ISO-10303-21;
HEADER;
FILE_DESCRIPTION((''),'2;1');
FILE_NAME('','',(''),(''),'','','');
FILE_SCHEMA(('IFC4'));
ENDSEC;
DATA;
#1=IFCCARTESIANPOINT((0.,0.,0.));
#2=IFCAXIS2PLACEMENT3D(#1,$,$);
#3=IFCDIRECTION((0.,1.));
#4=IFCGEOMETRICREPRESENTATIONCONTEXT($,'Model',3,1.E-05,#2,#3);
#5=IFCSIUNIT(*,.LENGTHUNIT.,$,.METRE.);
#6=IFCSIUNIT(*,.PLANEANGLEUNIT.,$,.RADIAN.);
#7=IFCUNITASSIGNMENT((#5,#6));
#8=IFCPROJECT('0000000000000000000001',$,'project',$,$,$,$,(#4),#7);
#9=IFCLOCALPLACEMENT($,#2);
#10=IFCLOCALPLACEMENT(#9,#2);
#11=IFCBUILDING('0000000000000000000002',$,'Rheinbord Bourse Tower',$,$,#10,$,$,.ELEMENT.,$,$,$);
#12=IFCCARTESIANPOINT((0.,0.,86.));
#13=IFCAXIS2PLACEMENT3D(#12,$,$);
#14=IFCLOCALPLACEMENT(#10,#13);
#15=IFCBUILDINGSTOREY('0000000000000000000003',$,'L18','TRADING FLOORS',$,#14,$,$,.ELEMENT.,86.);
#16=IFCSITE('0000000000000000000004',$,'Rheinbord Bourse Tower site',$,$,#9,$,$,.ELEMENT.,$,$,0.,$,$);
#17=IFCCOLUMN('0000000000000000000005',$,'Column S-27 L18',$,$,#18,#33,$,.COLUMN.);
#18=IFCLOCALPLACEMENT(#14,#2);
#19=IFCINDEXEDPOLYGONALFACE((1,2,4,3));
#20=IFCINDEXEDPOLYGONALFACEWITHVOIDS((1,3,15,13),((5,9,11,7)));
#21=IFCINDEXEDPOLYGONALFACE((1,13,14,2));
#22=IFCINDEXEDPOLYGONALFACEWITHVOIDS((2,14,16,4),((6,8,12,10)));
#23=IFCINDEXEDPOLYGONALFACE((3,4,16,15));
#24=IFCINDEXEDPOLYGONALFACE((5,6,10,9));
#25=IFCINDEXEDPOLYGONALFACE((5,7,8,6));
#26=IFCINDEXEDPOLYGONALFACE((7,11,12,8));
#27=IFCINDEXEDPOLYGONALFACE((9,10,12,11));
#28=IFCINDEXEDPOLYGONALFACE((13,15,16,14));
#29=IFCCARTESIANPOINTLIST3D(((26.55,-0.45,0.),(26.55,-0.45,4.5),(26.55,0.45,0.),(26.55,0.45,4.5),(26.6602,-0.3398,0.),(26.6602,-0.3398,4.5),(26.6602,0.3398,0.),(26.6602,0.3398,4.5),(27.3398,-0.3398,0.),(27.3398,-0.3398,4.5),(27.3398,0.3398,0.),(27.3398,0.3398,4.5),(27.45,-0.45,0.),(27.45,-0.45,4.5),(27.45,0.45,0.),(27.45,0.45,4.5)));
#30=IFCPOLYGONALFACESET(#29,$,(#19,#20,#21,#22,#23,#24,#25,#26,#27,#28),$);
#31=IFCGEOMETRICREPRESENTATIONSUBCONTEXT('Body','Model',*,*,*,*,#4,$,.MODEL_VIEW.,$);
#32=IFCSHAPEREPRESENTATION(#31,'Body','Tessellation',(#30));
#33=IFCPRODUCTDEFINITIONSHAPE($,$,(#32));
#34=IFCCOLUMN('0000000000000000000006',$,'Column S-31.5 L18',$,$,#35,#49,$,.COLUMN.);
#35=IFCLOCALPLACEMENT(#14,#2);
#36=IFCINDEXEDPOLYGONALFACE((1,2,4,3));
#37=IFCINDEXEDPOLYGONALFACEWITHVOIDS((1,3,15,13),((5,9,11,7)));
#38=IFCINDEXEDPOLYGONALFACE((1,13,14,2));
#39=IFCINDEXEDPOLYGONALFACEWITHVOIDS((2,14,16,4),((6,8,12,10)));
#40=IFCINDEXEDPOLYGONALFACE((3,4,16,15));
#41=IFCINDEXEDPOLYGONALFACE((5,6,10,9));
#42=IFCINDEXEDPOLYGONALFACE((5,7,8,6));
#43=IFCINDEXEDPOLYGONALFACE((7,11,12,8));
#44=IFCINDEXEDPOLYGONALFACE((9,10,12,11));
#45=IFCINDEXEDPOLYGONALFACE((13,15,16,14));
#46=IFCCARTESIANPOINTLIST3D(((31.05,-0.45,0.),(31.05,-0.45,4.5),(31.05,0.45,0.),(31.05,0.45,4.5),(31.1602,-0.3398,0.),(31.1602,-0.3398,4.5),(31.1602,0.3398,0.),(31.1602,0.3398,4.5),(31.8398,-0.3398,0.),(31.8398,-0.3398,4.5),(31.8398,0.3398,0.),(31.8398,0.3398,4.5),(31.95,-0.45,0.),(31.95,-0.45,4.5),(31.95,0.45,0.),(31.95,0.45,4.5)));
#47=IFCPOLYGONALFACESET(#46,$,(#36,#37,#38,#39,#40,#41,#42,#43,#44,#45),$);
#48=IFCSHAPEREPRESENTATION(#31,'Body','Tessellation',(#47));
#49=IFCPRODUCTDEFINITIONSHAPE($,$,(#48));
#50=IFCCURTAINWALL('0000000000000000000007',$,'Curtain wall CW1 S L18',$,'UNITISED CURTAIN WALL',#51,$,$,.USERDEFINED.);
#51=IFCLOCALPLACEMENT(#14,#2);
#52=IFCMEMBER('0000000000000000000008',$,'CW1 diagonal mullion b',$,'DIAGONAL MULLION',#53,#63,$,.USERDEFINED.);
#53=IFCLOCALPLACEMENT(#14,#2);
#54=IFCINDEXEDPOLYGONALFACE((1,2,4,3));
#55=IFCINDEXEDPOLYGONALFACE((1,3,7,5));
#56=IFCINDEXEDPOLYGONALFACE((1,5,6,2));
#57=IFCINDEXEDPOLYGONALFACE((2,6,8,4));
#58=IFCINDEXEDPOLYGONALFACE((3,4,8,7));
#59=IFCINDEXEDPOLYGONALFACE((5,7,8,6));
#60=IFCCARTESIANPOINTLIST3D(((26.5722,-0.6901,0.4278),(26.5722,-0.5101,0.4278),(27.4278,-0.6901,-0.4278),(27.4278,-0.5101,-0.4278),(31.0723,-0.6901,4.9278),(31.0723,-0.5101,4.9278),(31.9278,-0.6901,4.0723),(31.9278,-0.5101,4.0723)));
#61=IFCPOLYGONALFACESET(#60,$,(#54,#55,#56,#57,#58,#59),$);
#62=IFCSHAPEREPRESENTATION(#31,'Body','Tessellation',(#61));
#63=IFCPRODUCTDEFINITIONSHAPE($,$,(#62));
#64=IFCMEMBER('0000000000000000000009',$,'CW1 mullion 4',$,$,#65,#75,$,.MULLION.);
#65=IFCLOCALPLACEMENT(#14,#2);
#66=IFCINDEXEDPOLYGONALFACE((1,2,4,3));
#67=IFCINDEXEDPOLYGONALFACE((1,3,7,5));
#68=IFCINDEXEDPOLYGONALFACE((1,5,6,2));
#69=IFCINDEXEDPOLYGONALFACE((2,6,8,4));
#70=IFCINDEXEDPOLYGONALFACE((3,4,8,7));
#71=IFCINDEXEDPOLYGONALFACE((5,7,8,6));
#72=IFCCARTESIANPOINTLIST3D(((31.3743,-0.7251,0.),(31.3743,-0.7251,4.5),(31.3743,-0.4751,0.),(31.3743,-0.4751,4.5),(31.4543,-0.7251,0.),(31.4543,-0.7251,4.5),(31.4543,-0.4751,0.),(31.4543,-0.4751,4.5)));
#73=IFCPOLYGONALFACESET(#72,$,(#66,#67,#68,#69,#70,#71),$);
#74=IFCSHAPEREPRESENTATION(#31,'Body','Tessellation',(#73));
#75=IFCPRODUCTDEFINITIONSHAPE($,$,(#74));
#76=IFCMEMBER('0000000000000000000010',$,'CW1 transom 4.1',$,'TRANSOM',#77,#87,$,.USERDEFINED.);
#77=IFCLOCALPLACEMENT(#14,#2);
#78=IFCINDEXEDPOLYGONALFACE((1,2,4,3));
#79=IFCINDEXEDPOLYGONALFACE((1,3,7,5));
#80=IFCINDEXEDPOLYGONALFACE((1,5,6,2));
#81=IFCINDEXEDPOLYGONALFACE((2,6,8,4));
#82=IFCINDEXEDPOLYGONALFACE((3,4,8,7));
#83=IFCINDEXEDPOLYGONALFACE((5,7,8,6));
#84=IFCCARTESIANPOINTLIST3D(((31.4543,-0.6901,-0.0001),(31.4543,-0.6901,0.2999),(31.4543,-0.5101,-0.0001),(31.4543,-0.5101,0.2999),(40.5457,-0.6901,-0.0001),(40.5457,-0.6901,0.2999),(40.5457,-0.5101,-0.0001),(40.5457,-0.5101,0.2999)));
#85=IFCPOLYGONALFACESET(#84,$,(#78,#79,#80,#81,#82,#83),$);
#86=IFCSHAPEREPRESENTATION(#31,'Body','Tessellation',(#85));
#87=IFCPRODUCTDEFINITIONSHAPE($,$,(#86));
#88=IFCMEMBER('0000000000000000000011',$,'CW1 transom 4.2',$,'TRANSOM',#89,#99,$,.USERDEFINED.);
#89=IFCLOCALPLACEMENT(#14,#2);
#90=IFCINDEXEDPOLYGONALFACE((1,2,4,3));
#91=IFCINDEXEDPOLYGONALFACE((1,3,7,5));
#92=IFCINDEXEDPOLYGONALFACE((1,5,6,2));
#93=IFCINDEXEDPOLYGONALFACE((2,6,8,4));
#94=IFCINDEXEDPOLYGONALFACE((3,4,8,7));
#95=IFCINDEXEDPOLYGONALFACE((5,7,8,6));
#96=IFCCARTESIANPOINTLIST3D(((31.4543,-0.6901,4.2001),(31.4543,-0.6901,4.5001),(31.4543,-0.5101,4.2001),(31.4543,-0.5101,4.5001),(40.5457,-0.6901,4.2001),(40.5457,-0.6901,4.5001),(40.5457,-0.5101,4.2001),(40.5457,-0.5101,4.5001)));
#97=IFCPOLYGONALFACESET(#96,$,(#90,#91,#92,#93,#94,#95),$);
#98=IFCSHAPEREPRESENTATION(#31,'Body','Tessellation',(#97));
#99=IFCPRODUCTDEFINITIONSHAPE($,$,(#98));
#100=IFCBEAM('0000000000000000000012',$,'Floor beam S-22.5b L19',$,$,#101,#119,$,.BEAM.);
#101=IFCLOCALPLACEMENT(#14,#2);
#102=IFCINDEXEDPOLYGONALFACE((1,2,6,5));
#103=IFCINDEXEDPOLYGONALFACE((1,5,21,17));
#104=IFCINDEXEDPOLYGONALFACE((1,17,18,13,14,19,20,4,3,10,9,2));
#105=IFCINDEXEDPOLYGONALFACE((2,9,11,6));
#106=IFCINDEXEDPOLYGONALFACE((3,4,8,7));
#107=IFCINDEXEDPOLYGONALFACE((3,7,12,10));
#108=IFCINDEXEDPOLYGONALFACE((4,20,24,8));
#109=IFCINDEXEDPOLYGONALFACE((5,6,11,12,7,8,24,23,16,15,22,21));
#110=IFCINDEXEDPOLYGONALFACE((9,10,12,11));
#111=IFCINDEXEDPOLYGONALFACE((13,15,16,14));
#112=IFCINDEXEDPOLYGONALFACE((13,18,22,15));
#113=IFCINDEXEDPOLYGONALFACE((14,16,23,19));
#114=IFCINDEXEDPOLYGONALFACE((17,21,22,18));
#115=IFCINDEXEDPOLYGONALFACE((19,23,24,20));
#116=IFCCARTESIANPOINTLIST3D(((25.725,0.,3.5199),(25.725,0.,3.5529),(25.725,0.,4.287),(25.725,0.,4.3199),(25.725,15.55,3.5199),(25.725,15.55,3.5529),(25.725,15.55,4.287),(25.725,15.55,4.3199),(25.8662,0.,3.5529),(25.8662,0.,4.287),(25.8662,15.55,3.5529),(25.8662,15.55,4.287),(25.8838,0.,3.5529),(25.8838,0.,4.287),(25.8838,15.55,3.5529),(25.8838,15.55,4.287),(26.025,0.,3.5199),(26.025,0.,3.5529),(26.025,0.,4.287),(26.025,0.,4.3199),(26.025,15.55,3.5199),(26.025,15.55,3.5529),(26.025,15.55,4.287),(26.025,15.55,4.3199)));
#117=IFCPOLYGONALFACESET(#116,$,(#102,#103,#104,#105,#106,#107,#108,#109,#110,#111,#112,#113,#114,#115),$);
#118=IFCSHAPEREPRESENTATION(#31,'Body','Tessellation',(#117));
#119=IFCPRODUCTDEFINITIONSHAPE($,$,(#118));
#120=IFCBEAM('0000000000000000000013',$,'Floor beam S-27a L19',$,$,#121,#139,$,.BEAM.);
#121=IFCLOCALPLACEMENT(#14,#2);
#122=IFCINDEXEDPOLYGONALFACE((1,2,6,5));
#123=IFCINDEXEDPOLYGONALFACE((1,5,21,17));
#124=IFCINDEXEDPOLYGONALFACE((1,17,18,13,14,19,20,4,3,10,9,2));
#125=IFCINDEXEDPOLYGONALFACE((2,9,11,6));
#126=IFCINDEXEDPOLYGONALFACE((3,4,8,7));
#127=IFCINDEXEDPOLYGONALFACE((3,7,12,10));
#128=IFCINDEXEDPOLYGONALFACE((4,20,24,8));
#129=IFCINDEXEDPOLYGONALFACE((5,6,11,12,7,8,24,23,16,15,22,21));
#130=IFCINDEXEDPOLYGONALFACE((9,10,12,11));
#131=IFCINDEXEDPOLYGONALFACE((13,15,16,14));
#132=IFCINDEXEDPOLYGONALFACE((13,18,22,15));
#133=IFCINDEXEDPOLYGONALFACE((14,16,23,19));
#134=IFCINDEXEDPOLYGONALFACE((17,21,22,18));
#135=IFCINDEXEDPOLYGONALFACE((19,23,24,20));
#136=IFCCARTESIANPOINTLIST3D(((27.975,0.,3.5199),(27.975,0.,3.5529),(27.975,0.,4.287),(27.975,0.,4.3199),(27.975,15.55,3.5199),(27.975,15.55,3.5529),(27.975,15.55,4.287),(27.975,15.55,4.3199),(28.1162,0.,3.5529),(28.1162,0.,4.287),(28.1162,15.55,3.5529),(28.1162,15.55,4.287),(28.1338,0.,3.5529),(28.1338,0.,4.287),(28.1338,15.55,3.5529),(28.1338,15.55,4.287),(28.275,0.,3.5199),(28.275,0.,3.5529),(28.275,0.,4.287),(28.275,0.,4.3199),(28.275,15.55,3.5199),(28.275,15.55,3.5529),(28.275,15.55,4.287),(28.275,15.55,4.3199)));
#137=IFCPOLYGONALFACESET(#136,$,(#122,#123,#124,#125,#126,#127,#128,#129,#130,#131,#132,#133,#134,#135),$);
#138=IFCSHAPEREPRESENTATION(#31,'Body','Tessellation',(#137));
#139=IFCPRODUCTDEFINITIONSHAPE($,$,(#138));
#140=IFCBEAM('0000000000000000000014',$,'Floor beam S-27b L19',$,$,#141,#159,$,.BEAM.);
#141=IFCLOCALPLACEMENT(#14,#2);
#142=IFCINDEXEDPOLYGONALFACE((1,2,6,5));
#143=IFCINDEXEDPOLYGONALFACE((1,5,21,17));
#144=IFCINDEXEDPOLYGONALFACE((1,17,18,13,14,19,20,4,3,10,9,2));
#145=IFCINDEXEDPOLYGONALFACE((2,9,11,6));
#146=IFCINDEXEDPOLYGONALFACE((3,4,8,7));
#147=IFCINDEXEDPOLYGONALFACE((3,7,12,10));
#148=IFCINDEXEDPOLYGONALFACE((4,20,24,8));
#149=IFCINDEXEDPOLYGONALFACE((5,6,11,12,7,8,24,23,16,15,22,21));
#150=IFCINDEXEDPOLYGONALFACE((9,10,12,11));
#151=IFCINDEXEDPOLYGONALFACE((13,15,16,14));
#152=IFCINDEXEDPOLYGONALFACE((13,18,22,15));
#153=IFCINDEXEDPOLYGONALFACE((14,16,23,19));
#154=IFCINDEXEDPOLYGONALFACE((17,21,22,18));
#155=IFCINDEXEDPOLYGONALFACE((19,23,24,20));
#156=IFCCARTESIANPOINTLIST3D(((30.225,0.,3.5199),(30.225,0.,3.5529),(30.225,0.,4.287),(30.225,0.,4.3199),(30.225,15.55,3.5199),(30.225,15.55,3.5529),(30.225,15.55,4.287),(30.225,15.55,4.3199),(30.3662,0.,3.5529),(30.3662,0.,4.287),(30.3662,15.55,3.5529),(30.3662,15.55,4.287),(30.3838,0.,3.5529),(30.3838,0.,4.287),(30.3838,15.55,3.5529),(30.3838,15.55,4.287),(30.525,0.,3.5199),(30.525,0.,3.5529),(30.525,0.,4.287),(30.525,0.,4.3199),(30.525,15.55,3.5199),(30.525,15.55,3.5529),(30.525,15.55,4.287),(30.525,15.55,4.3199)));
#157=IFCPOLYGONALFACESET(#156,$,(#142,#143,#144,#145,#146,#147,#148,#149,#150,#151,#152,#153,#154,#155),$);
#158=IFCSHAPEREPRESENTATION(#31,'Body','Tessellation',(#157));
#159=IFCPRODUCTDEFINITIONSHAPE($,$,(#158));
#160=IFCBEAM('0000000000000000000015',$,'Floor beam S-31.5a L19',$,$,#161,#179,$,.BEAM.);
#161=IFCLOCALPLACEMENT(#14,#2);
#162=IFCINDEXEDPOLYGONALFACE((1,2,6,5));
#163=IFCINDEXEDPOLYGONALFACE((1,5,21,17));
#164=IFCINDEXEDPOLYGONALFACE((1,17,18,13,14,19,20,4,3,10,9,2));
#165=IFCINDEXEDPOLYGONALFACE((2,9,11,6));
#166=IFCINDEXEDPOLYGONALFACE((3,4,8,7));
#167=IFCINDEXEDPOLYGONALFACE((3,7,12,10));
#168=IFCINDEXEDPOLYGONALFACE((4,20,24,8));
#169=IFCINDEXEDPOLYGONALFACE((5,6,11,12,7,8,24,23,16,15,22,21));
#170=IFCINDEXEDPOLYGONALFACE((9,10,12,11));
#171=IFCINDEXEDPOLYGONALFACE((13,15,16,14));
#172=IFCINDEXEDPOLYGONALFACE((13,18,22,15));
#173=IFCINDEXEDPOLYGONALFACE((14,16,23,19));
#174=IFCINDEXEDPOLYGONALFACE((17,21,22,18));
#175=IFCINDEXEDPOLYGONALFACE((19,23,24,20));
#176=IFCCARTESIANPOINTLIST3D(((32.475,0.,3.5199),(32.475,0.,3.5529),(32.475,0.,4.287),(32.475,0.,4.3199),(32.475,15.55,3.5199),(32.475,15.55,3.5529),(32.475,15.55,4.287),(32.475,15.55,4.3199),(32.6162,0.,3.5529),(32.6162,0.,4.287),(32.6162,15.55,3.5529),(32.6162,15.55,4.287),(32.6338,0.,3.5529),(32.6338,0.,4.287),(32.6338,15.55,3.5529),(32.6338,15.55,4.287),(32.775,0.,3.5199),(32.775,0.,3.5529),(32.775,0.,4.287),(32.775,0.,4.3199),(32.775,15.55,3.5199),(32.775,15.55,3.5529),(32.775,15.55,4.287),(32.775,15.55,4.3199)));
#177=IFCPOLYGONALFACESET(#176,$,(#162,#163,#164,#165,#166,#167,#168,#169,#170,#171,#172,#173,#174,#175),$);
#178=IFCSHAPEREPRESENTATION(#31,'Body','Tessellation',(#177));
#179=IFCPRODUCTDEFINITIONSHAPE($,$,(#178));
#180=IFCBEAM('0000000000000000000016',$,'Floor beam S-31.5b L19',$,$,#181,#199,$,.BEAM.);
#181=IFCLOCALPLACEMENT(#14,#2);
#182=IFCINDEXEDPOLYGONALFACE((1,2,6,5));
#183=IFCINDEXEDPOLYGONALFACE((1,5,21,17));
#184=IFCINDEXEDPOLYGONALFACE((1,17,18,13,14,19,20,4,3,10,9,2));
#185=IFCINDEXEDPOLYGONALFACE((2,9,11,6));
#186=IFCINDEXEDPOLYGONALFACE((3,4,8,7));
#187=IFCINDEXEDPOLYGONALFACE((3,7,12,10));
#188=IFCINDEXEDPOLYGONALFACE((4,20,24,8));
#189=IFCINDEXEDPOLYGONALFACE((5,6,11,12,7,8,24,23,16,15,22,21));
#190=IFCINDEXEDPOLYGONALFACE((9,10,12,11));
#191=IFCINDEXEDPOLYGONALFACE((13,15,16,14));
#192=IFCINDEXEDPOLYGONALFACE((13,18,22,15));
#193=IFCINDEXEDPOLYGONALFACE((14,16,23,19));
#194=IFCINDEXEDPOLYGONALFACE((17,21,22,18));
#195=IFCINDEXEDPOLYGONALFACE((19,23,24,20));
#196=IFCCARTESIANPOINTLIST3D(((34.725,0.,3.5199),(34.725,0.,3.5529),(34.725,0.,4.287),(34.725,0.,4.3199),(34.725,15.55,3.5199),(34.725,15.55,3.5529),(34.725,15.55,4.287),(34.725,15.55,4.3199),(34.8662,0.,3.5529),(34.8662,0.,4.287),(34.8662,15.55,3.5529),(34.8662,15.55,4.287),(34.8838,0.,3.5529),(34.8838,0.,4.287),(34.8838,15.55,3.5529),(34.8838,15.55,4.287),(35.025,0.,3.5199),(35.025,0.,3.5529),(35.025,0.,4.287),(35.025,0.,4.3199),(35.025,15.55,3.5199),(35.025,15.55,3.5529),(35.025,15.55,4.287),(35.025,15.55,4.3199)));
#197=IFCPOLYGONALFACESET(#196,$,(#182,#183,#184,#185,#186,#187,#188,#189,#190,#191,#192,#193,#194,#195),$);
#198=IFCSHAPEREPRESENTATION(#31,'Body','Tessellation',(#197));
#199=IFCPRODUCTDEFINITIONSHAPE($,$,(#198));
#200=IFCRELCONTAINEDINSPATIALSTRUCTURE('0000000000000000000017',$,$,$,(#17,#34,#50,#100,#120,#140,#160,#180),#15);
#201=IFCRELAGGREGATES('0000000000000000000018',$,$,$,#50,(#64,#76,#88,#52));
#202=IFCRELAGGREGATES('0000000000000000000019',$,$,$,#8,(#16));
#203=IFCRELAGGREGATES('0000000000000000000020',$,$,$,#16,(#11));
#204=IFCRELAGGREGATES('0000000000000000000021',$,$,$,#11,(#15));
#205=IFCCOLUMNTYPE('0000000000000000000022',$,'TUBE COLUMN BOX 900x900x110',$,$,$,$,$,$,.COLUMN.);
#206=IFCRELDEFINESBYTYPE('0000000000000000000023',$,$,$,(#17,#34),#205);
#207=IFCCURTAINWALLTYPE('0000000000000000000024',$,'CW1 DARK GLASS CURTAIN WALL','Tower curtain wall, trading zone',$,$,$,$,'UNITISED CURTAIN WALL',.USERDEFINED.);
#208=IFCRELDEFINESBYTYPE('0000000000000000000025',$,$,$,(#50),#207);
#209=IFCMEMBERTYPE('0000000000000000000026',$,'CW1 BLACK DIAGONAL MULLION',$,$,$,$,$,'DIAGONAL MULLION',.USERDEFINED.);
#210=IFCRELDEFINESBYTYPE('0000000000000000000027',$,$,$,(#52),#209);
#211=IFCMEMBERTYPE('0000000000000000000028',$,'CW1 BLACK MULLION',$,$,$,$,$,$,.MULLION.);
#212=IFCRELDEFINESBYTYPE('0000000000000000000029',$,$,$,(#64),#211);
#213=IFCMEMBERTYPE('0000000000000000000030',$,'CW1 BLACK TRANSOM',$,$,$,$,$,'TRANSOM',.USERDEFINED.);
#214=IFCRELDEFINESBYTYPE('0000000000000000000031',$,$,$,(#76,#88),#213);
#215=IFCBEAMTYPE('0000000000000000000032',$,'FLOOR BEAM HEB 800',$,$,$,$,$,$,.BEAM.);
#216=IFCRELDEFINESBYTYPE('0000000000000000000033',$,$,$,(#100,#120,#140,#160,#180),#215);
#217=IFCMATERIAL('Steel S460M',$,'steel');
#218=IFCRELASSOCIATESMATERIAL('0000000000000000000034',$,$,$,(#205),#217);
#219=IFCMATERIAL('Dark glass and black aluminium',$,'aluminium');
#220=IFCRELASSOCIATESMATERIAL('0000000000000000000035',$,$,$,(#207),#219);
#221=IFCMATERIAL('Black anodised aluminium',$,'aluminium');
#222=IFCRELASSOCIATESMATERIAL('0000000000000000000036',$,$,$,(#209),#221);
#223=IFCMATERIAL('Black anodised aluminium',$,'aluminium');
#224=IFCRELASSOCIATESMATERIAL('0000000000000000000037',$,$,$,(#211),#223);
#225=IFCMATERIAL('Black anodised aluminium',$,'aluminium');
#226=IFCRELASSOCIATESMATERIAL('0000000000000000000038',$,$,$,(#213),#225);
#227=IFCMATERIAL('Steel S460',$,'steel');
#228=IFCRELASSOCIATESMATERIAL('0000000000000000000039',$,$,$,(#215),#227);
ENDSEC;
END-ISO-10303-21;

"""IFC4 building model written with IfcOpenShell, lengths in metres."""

from ifc_helpers import new_model, si_unit, direction, frame, origin, origin_2d, place, context, subcontext, project, spatial, rectangle, hollow_rectangle, i_section, extrude, material, material_profile, profile_set, type_object, element, aggregate, save


model = new_model("IFC4")

# Units and contexts
model_context = context("Model", 3, precision=1e-05, world=origin(), true_north=direction((0.0, 1.0)))
body_context = subcontext(model_context, "Body", "Model", "MODEL_VIEW")
ifc_project = project(units=[si_unit("LENGTHUNIT", "METRE"), si_unit("PLANEANGLEUNIT", "RADIAN")], contexts=[model_context])

# Site, building, storey
site_placement = place(None, origin())
site = spatial("IfcSite", under=ifc_project, at=site_placement, Name="Rheinbord Bourse Tower site", CompositionType="ELEMENT", RefElevation=0.0)
building_placement = place(site_placement, origin())
building = spatial("IfcBuilding", under=site, at=building_placement, Name="Rheinbord Bourse Tower", CompositionType="ELEMENT")
storey_placement = place(building_placement, frame((0.0, 0.0, 86.0)))
storey = spatial("IfcBuildingStorey", under=building, at=storey_placement, Name="L18", Description="TRADING FLOORS", CompositionType="ELEMENT", Elevation=86.0)

# Columns
ifc_material_1 = material(Name="Steel S460M", Category="steel")
ifc_material_profile_1 = material_profile(ifc_material_1, hollow_rectangle(XDim=0.8999, YDim=0.8999, WallThickness=0.1101, at=origin_2d()), Name="BOX 900x900x110")
ifc_profile_set_1 = profile_set([ifc_material_profile_1], Name="Steel S460M")
column_type = type_object("IfcColumnType", Name="TUBE COLUMN BOX 900x900x110", PredefinedType="COLUMN", material=ifc_profile_set_1)
for number, where, z_axis, x_axis, name in (
    (1, (27.0, 0.0, 0.0), (0.0, 0.0, 1.0), (0.0, 1.0, 0.0), "Column S-27 L18"),
    (2, (31.5, 0.0, 0.0), (0.0, 0.0, 1.0), (0.0, 1.0, 0.0), "Column S-31.5 L18"),
):
    element("IfcColumn", number, at=place(storey_placement, frame(where, z_axis=z_axis, x_axis=x_axis)), inside=storey, type_object=column_type, Name=name, PredefinedType="COLUMN", context=body_context, shape_type="SweptSolid", body=[
        extrude(hollow_rectangle(XDim=0.8999, YDim=0.8999, WallThickness=0.1101, at=origin_2d()), origin(), (0.0, 0.0, 1.0), 4.5),
    ])

# Curtain wall, members
ifc_material_2 = material(Name="Dark glass and black aluminium", Category="aluminium")
curtain_wall_type = type_object("IfcCurtainWallType", Name="CW1 DARK GLASS CURTAIN WALL", Description="Tower curtain wall, trading zone", ElementType="UNITISED CURTAIN WALL", PredefinedType="USERDEFINED", material=ifc_material_2)
curtain_wall_placement = place(storey_placement, origin())
curtain_wall = element("IfcCurtainWall", 3, at=curtain_wall_placement, inside=storey, type_object=curtain_wall_type, Name="Curtain wall CW1 S L18", ObjectType="UNITISED CURTAIN WALL", PredefinedType="USERDEFINED")
ifc_material_3 = material(Name="Black anodised aluminium", Category="aluminium")
ifc_material_profile_2 = material_profile(ifc_material_3, rectangle(XDim=0.1799, YDim=1.21, at=origin_2d()), Name="CW1 DIAGONAL MULLION 1210x180")
ifc_profile_set_2 = profile_set([ifc_material_profile_2], Name="Black anodised aluminium")
member_type_1 = type_object("IfcMemberType", Name="CW1 BLACK DIAGONAL MULLION", ElementType="DIAGONAL MULLION", PredefinedType="USERDEFINED", material=ifc_profile_set_2)
member_1_placement = place(storey_placement, frame((27.0, -0.6001, 0.0), z_axis=(0.707107, 0.0, 0.707107), x_axis=(0.0, 1.0, 0.0)))
member_1 = element("IfcMember", 4, at=member_1_placement, type_object=member_type_1, Name="CW1 diagonal mullion b", ObjectType="DIAGONAL MULLION", PredefinedType="USERDEFINED", context=body_context, shape_type="SweptSolid", body=[
    extrude(rectangle(XDim=0.1799, YDim=1.21, at=origin_2d()), origin(), (0.0, 0.0, 1.0), 6.364),
])
ifc_material_4 = material(Name="Black anodised aluminium", Category="aluminium")
ifc_material_profile_3 = material_profile(ifc_material_4, rectangle(XDim=0.25, YDim=0.0801, at=origin_2d()), Name="CW1 MULLION 80x250")
ifc_profile_set_3 = profile_set([ifc_material_profile_3], Name="Black anodised aluminium")
member_type_2 = type_object("IfcMemberType", Name="CW1 BLACK MULLION", PredefinedType="MULLION", material=ifc_profile_set_3)
member_2_placement = place(storey_placement, frame((31.4143, -0.6001, 0.0), z_axis=(0.0, 0.0, 1.0), x_axis=(0.0, 1.0, 0.0)))
member_2 = element("IfcMember", 5, at=member_2_placement, type_object=member_type_2, Name="CW1 mullion 4", PredefinedType="MULLION", context=body_context, shape_type="SweptSolid", body=[
    extrude(rectangle(XDim=0.25, YDim=0.0801, at=origin_2d()), origin(), (0.0, 0.0, 1.0), 4.5),
])
ifc_material_5 = material(Name="Black anodised aluminium", Category="aluminium")
ifc_material_profile_4 = material_profile(ifc_material_5, rectangle(XDim=0.1799, YDim=0.3, at=origin_2d()), Name="CW1 TRANSOM 300x180")
ifc_profile_set_4 = profile_set([ifc_material_profile_4], Name="Black anodised aluminium")
member_type_3 = type_object("IfcMemberType", Name="CW1 BLACK TRANSOM", ElementType="TRANSOM", PredefinedType="USERDEFINED", material=ifc_profile_set_4)
member_3_placement = place(storey_placement, frame((31.4543, -0.6001, 0.1499), z_axis=(1.0, 0.0, 0.0), x_axis=(0.0, 1.0, 0.0)))
member_3 = element("IfcMember", 6, at=member_3_placement, type_object=member_type_3, Name="CW1 transom 4.1", ObjectType="TRANSOM", PredefinedType="USERDEFINED", context=body_context, shape_type="SweptSolid", body=[
    extrude(rectangle(XDim=0.1799, YDim=0.3, at=origin_2d()), origin(), (0.0, 0.0, 1.0), 9.0913),
])
member_4_placement = place(storey_placement, frame((31.4543, -0.6001, 4.3501), z_axis=(1.0, 0.0, 0.0), x_axis=(0.0, 1.0, 0.0)))
member_4 = element("IfcMember", 7, at=member_4_placement, type_object=member_type_3, Name="CW1 transom 4.2", ObjectType="TRANSOM", PredefinedType="USERDEFINED", context=body_context, shape_type="SweptSolid", body=[
    extrude(rectangle(XDim=0.1799, YDim=0.3, at=origin_2d()), origin(), (0.0, 0.0, 1.0), 9.0913),
])

# Beams
ifc_material_6 = material(Name="Steel S460", Category="steel")
ifc_material_profile_5 = material_profile(ifc_material_6, i_section(OverallWidth=0.3, OverallDepth=0.8, WebThickness=0.0176, FlangeThickness=0.033, at=origin_2d()), Name="HEB 800")
ifc_profile_set_5 = profile_set([ifc_material_profile_5], Name="Steel S460")
beam_type_1 = type_object("IfcBeamType", Name="FLOOR BEAM HEB 800", PredefinedType="BEAM", material=ifc_profile_set_5)
for number, where, z_axis, x_axis, name in (
    (8, (25.875, 0.0, 3.9199), (0.0, 1.0, 0.0), (-1.0, 0.0, 0.0), "Floor beam S-22.5b L19"),
    (9, (28.125, 0.0, 3.9199), (0.0, 1.0, 0.0), (-1.0, 0.0, 0.0), "Floor beam S-27a L19"),
    (10, (30.375, 0.0, 3.9199), (0.0, 1.0, 0.0), (-1.0, 0.0, 0.0), "Floor beam S-27b L19"),
    (11, (32.625, 0.0, 3.9199), (0.0, 1.0, 0.0), (-1.0, 0.0, 0.0), "Floor beam S-31.5a L19"),
    (12, (34.875, 0.0, 3.9199), (0.0, 1.0, 0.0), (-1.0, 0.0, 0.0), "Floor beam S-31.5b L19"),
):
    element("IfcBeam", number, at=place(storey_placement, frame(where, z_axis=z_axis, x_axis=x_axis)), inside=storey, type_object=beam_type_1, Name=name, PredefinedType="BEAM", context=body_context, shape_type="SweptSolid", body=[
        extrude(i_section(OverallWidth=0.3, OverallDepth=0.8, WebThickness=0.0176, FlangeThickness=0.033, at=origin_2d()), origin(), (0.0, 0.0, 1.0), 15.55),
    ])

aggregate(curtain_wall, [member_2, member_3, member_4, member_1])

save(model, "model.ifc")
